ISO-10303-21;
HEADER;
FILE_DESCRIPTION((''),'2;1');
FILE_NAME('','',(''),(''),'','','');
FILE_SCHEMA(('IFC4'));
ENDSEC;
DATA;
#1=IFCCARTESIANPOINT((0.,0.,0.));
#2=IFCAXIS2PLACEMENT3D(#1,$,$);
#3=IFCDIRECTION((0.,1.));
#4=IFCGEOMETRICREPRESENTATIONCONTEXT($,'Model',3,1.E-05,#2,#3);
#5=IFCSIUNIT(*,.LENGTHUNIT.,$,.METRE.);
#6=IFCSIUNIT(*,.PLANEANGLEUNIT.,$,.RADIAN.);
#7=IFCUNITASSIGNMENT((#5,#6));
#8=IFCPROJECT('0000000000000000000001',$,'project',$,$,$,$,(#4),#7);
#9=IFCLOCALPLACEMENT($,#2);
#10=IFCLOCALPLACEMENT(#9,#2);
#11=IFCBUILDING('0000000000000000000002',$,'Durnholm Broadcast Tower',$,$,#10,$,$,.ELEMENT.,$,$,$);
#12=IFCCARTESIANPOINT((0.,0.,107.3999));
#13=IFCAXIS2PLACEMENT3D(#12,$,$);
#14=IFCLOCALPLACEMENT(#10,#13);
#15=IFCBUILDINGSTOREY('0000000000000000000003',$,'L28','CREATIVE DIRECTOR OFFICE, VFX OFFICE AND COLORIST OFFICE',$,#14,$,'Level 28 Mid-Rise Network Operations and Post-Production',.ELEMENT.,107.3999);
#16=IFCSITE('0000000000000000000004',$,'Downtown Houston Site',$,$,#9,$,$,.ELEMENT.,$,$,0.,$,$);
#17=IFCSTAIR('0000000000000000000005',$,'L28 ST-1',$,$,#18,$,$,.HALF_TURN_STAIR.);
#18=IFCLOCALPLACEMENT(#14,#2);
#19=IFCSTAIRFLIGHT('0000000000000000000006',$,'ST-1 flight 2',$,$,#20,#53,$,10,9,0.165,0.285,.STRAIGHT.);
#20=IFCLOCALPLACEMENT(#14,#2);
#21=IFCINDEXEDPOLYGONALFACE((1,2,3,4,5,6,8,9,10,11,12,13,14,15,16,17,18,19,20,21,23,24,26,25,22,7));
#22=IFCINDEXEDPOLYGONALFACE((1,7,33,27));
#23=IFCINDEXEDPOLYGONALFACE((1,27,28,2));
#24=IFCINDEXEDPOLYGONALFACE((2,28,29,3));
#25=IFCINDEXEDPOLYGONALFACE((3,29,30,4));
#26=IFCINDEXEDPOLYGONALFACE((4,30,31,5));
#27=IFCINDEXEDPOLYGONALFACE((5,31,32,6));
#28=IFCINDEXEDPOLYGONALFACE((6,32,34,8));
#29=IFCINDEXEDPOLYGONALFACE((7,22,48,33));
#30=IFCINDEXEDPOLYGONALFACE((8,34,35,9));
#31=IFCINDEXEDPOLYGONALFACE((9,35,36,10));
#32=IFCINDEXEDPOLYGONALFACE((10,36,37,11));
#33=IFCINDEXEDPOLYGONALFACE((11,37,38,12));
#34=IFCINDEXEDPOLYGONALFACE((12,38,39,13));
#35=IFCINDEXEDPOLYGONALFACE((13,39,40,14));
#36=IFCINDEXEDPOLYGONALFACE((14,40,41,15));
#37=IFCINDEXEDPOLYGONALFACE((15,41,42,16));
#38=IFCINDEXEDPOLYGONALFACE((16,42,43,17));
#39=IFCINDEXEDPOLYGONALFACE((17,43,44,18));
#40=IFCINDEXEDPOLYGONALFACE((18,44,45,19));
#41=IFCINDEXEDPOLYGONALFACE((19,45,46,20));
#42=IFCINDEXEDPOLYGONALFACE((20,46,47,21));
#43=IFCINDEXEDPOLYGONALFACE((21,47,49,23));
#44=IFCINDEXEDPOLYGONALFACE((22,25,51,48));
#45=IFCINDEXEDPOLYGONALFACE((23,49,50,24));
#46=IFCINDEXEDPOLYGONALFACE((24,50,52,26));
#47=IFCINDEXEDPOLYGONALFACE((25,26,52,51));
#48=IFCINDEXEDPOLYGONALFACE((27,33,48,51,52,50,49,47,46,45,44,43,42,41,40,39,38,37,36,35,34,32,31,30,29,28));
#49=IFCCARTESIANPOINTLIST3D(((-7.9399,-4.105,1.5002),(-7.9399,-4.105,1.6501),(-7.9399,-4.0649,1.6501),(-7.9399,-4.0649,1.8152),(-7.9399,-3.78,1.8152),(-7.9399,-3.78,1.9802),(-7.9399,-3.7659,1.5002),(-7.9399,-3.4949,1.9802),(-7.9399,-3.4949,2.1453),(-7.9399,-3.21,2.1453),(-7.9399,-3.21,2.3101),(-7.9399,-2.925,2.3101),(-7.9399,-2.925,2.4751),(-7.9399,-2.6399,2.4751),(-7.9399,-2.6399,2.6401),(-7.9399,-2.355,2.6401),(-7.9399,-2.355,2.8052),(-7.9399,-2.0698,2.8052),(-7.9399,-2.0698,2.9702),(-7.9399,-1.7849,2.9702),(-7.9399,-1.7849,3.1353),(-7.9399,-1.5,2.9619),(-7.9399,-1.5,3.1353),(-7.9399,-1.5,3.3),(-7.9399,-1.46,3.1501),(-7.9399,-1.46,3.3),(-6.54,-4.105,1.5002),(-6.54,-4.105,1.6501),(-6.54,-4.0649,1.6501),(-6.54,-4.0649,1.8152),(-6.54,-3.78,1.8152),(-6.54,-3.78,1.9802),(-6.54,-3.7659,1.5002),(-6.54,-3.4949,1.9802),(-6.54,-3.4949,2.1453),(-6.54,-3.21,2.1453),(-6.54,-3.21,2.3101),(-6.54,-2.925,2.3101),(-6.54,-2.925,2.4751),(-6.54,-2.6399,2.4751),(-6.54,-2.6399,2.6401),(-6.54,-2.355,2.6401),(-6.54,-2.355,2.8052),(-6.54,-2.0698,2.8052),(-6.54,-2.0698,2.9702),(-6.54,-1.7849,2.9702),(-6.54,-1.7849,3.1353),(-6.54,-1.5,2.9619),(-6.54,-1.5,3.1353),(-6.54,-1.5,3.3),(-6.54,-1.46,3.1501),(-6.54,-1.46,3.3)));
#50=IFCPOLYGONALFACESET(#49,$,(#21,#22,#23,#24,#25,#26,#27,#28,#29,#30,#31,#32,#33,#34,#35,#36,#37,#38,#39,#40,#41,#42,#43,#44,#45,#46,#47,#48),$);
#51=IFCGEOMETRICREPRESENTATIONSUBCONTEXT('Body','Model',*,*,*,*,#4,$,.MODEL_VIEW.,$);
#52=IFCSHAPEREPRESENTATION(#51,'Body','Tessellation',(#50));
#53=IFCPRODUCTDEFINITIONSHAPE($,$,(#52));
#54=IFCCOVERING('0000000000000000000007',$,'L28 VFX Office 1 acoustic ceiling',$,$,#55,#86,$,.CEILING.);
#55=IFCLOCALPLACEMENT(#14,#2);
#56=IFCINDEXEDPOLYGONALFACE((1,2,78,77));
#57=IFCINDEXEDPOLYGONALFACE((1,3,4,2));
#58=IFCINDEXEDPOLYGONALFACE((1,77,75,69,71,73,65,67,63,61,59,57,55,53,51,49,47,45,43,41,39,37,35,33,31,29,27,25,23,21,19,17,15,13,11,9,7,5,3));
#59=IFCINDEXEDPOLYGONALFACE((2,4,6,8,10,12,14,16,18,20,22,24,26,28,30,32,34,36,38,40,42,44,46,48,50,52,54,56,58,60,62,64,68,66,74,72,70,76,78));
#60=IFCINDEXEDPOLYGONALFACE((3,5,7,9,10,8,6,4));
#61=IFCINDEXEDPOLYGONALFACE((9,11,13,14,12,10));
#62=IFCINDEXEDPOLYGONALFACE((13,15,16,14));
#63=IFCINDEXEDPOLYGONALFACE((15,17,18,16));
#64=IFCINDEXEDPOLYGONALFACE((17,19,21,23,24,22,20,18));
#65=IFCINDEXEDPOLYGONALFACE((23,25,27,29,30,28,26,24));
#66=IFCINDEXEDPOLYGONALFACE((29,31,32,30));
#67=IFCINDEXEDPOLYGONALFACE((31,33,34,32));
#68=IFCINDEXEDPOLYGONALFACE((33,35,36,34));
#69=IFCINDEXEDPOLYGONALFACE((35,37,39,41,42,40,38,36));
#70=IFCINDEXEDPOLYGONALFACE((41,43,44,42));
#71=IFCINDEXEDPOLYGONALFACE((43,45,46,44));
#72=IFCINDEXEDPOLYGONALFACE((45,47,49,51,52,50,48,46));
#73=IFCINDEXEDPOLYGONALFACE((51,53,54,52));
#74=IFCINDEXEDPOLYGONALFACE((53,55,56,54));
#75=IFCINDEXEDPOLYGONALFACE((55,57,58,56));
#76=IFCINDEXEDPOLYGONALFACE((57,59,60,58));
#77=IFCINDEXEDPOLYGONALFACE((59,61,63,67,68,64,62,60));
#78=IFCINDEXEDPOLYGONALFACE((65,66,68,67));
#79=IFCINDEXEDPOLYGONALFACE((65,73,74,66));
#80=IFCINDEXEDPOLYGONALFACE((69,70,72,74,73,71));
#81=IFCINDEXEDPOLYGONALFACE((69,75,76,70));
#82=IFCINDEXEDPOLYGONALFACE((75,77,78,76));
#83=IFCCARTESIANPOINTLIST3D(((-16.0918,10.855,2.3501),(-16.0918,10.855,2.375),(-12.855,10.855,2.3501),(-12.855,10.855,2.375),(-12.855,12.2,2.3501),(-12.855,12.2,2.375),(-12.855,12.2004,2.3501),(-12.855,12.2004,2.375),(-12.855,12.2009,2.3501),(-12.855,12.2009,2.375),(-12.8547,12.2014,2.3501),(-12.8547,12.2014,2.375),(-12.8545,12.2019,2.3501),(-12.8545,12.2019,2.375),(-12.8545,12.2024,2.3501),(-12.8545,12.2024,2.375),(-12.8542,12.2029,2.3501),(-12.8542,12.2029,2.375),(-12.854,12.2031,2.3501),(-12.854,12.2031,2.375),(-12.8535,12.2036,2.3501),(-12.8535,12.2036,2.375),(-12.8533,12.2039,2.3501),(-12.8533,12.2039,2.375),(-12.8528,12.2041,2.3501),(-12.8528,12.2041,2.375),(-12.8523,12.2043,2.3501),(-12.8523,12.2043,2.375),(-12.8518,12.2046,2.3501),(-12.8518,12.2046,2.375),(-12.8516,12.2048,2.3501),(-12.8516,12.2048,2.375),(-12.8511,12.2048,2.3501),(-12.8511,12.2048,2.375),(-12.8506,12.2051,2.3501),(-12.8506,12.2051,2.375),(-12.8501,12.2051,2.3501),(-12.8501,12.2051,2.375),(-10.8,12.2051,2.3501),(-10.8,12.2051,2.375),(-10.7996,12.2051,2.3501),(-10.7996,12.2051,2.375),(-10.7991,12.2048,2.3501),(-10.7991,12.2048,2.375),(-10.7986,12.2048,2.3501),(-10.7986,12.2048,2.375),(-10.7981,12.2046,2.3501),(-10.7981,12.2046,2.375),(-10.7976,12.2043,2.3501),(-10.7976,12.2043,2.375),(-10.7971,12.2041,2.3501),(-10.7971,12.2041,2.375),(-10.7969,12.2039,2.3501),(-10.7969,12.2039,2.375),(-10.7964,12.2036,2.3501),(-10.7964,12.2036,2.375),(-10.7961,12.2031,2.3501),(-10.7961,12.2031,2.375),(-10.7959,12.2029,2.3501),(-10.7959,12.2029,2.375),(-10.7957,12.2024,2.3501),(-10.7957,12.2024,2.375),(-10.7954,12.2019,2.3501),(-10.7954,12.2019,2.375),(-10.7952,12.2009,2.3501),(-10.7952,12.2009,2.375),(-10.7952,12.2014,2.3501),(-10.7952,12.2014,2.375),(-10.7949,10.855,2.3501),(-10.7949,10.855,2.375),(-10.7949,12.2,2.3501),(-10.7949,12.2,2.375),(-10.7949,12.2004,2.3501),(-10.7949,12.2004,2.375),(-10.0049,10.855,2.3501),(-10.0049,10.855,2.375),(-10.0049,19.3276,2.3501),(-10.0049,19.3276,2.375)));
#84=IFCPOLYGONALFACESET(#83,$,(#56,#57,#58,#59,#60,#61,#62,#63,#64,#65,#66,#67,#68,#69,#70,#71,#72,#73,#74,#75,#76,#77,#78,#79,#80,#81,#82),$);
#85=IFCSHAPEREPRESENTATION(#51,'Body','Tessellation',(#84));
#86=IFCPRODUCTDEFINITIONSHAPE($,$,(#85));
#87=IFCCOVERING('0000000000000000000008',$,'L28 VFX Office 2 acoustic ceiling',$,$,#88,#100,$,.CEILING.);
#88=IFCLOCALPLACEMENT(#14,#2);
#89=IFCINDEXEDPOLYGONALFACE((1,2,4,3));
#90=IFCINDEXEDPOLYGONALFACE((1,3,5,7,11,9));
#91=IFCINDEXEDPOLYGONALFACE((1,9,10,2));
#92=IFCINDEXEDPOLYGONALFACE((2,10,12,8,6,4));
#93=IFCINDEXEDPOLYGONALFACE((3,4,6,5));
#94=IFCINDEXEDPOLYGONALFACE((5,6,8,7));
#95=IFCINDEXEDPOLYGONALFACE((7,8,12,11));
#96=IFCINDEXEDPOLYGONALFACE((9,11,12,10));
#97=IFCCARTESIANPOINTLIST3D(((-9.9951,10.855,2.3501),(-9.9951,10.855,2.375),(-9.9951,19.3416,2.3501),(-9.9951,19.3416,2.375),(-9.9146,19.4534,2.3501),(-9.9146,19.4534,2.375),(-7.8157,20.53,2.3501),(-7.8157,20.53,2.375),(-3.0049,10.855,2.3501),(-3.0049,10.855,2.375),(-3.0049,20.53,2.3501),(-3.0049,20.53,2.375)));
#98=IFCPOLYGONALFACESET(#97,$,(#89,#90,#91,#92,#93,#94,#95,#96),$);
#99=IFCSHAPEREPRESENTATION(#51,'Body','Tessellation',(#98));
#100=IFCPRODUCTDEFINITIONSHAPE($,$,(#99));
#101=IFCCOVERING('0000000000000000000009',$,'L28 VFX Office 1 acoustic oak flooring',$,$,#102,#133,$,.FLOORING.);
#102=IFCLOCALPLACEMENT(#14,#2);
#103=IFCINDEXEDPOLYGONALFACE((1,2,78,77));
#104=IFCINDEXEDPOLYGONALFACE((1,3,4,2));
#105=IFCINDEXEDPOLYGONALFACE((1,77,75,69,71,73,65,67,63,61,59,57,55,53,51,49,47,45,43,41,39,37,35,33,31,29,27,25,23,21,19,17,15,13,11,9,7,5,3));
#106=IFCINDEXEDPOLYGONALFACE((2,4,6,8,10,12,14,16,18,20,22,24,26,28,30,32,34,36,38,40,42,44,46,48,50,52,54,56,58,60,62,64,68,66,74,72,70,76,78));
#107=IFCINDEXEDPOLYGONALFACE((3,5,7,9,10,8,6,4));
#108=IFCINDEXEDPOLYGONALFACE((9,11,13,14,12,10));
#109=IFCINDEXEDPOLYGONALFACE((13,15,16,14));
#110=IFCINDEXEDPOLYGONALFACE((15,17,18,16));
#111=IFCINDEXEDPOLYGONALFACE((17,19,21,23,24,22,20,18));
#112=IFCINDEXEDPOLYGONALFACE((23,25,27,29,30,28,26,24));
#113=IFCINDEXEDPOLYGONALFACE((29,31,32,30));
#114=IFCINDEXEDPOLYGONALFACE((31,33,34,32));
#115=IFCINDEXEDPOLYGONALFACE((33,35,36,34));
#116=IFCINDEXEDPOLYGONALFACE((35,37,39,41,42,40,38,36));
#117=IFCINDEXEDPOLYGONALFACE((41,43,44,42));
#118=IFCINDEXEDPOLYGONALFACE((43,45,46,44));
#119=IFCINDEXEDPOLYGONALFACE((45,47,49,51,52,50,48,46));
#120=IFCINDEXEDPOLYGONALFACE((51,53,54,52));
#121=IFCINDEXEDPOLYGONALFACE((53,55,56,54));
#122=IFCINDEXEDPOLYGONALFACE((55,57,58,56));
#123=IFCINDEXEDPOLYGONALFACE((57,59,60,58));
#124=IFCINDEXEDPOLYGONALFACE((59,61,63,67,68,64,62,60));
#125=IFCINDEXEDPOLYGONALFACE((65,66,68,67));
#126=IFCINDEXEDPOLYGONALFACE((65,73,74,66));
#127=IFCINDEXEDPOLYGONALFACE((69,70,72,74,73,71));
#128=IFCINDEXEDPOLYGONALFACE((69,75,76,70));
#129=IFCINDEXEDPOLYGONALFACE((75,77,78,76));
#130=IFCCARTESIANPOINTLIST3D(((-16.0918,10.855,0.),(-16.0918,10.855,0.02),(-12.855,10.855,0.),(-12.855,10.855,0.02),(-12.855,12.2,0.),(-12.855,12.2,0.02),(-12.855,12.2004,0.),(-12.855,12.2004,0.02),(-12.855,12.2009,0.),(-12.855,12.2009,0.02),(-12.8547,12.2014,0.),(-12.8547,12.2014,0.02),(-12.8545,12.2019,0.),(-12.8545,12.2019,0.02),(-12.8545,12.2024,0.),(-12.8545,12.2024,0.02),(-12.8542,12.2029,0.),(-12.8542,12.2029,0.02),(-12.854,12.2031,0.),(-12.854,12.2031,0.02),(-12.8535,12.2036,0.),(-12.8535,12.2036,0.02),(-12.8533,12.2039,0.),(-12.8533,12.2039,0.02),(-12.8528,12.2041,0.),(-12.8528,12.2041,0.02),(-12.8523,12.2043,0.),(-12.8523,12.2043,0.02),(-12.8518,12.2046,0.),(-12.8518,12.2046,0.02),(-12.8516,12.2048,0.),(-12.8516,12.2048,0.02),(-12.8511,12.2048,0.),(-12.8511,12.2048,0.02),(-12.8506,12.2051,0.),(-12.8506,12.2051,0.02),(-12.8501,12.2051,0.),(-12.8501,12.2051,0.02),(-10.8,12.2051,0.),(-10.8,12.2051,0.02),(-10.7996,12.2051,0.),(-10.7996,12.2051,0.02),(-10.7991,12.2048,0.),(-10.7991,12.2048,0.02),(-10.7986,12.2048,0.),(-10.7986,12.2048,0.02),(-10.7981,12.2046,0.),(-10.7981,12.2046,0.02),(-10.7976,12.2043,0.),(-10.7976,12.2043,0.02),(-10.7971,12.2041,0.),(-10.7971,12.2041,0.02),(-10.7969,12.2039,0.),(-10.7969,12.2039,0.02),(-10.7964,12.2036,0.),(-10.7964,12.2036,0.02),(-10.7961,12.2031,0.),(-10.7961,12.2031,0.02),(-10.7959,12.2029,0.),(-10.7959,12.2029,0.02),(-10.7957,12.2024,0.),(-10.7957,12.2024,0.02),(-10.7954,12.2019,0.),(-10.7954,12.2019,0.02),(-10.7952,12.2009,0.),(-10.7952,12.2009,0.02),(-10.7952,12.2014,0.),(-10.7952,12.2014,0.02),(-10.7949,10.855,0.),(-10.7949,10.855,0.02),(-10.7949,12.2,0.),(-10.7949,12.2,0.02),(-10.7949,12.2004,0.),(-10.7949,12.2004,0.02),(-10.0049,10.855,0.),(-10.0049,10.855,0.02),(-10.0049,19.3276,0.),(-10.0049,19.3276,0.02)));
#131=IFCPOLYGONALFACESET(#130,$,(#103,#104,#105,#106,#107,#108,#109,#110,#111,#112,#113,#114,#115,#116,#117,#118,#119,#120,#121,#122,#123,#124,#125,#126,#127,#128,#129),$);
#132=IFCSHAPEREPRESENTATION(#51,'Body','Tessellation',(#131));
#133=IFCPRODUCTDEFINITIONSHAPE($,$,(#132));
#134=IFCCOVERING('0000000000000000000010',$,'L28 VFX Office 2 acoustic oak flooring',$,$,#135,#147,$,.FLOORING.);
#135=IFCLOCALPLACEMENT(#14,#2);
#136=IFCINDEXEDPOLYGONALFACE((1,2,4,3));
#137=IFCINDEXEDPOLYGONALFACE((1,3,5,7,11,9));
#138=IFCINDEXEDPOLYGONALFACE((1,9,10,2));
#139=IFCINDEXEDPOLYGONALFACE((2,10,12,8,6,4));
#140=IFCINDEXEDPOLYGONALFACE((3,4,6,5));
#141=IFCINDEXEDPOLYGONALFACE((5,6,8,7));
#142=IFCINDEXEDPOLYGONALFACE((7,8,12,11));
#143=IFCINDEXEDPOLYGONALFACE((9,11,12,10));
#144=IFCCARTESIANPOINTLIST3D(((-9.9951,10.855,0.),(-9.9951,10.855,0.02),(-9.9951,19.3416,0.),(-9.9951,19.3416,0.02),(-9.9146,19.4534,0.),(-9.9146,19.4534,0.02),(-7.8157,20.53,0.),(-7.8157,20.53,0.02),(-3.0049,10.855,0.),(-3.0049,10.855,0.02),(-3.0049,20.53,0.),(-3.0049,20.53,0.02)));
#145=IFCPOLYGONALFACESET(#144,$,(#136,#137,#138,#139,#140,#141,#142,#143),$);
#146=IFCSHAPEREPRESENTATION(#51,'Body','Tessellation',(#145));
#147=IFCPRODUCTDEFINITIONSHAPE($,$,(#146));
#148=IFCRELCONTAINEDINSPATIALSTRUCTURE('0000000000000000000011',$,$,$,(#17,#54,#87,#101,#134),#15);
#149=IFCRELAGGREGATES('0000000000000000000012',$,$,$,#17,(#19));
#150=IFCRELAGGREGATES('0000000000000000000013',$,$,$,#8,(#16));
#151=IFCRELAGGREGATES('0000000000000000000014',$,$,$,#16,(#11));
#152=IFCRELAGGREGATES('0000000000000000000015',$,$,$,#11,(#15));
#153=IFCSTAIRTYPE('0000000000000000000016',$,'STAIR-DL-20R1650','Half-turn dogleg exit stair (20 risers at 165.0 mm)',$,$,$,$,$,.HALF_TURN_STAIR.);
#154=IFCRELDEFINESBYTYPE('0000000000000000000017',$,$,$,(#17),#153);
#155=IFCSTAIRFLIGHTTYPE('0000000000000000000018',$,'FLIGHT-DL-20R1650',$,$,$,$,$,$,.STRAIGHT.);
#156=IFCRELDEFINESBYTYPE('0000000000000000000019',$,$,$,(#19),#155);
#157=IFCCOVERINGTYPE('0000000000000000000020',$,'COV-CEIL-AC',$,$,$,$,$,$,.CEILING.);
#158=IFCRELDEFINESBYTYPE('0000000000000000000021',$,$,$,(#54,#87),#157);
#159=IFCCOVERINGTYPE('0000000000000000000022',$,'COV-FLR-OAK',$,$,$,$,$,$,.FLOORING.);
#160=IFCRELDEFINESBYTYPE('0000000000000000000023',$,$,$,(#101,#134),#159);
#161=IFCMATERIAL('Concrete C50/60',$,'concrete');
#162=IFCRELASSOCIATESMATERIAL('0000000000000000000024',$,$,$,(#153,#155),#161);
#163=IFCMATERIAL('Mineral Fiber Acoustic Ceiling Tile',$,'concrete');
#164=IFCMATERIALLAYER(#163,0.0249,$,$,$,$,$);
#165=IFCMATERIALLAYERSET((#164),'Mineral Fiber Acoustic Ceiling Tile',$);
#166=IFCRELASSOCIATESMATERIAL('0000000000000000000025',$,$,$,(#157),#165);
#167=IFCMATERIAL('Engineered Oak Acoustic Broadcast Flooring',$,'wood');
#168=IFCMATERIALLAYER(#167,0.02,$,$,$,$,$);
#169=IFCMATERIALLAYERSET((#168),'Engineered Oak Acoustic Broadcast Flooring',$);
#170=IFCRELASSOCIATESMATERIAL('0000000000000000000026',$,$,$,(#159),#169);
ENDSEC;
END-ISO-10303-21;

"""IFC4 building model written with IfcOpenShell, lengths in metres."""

from ifc_helpers import new_model, si_unit, direction, frame, origin, place, context, subcontext, project, spatial, polyline, outline, extrude, material, layer, layer_set, type_object, element, aggregate, save


model = new_model("IFC4")

# Units and contexts
model_context = context("Model", 3, precision=1e-05, world=origin(), true_north=direction((0.0, 1.0)))
body_context = subcontext(model_context, "Body", "Model", "MODEL_VIEW")
ifc_project = project(units=[si_unit("LENGTHUNIT", "METRE"), si_unit("PLANEANGLEUNIT", "RADIAN")], contexts=[model_context])

# Site, building, storey
site_placement = place(None, origin())
site = spatial("IfcSite", under=ifc_project, at=site_placement, Name="Downtown Houston Site", CompositionType="ELEMENT", RefElevation=0.0)
building_placement = place(site_placement, origin())
building = spatial("IfcBuilding", under=site, at=building_placement, Name="Durnholm Broadcast Tower", CompositionType="ELEMENT")
storey_placement = place(building_placement, frame((0.0, 0.0, 107.3999)))
storey = spatial("IfcBuildingStorey", under=building, at=storey_placement, Name="L28", Description="CREATIVE DIRECTOR OFFICE, VFX OFFICE AND COLORIST OFFICE", LongName="Level 28 Mid-Rise Network Operations and Post-Production", CompositionType="ELEMENT", Elevation=107.3999)

# Shared definitions
ifc_material_1 = material(Name="Concrete C50/60", Category="concrete")

# Stair
stair_type = type_object("IfcStairType", Name="STAIR-DL-20R1650", Description="Half-turn dogleg exit stair (20 risers at 165.0 mm)", PredefinedType="HALF_TURN_STAIR", material=ifc_material_1)
stair_1_placement = place(storey_placement, origin())
stair_1 = element("IfcStair", 1, at=stair_1_placement, inside=storey, type_object=stair_type, Name="L28 ST-1", PredefinedType="HALF_TURN_STAIR")

# Stair flight
stair_flight_type = type_object("IfcStairFlightType", Name="FLIGHT-DL-20R1650", PredefinedType="STRAIGHT", material=ifc_material_1)
stair_flight_1_placement = place(storey_placement, frame((-7.24, -4.0649, 1.6501), z_axis=(0.0, 0.0, 1.0), x_axis=(0.0, 1.0, 0.0)))
stair_flight_1 = element("IfcStairFlight", 2, at=stair_flight_1_placement, type_object=stair_flight_type, Name="ST-1 flight 2", NumberOfRisers=10, NumberOfTreads=9, PredefinedType="STRAIGHT", RiserHeight=0.165, TreadLength=0.285, context=body_context, shape_type="SweptSolid", body=[
    extrude(outline(polyline([(-0.04, -0.1499), (-0.04, 0.0), (0.0, 0.0), (0.0, 0.165), (0.2849, 0.165), (0.2849, 0.3301), (0.5701, 0.3301), (0.5701, 0.4951), (0.855, 0.4951), (0.855, 0.6599), (1.1399, 0.6599), (1.1399, 0.825), (1.425, 0.825), (1.425, 0.99), (1.71, 0.99), (1.71, 1.155), (1.9951, 1.155), (1.9951, 1.3201), (2.28, 1.3201), (2.28, 1.4851), (2.5649, 1.4851), (2.5649, 1.6499), (2.605, 1.6499), (2.605, 1.5), (2.5649, 1.3118), (0.2991, -0.1499), (-0.04, -0.1499)])), frame((0.0, 0.7, 0.0), z_axis=(0.0, -1.0, 0.0), x_axis=(1.0, 0.0, 0.0)), (0.0, 0.0, 1.0), 1.3999),
])
aggregate(stair_1, [stair_flight_1])

# Coverings
ifc_material_2 = material(Name="Mineral Fiber Acoustic Ceiling Tile", Category="concrete")
ifc_layer_1 = layer(ifc_material_2, 0.0249)
ifc_layer_set_1 = layer_set([ifc_layer_1], Name="Mineral Fiber Acoustic Ceiling Tile")
covering_type_1 = type_object("IfcCoveringType", Name="COV-CEIL-AC", PredefinedType="CEILING", material=ifc_layer_set_1)
covering_1_placement = place(storey_placement, frame((0.0, 0.0, 2.3501)))
element("IfcCovering", 3, at=covering_1_placement, inside=storey, type_object=covering_type_1, Name="L28 VFX Office 1 acoustic ceiling", PredefinedType="CEILING", context=body_context, shape_type="SweptSolid", body=[
    extrude(outline(polyline([(-10.7976, 12.2043), (-10.7971, 12.2041), (-10.7969, 12.2039), (-10.7964, 12.2036), (-10.7961, 12.2031), (-10.7959, 12.2029), (-10.7957, 12.2024), (-10.7954, 12.2019), (-10.7952, 12.2014), (-10.7952, 12.2009), (-10.7949, 12.2004), (-10.7949, 12.2), (-10.7949, 10.855), (-10.0049, 10.855), (-10.0049, 19.3276), (-16.0918, 10.855), (-12.855, 10.855), (-12.855, 12.2), (-12.855, 12.2004), (-12.855, 12.2009), (-12.8547, 12.2014), (-12.8545, 12.2019), (-12.8545, 12.2024), (-12.8542, 12.2029), (-12.854, 12.2031), (-12.8535, 12.2036), (-12.8533, 12.2039), (-12.8528, 12.2041), (-12.8523, 12.2043), (-12.8518, 12.2046), (-12.8516, 12.2048), (-12.8511, 12.2048), (-12.8506, 12.2051), (-12.8501, 12.2051), (-10.8, 12.2051), (-10.7996, 12.2051), (-10.7991, 12.2048), (-10.7986, 12.2048), (-10.7981, 12.2046), (-10.7976, 12.2043)])), origin(), (0.0, 0.0, 1.0), 0.0249),
])
covering_2_placement = place(storey_placement, frame((0.0, 0.0, 2.3501)))
element("IfcCovering", 4, at=covering_2_placement, inside=storey, type_object=covering_type_1, Name="L28 VFX Office 2 acoustic ceiling", PredefinedType="CEILING", context=body_context, shape_type="SweptSolid", body=[
    extrude(outline(polyline([(-3.0049, 20.53), (-7.8157, 20.53), (-9.9146, 19.4534), (-9.9951, 19.3416), (-9.9951, 10.855), (-3.0049, 10.855), (-3.0049, 20.53)])), origin(), (0.0, 0.0, 1.0), 0.0249),
])
ifc_material_3 = material(Name="Engineered Oak Acoustic Broadcast Flooring", Category="wood")
ifc_layer_2 = layer(ifc_material_3, 0.02)
ifc_layer_set_2 = layer_set([ifc_layer_2], Name="Engineered Oak Acoustic Broadcast Flooring")
covering_type_2 = type_object("IfcCoveringType", Name="COV-FLR-OAK", PredefinedType="FLOORING", material=ifc_layer_set_2)
covering_3_placement = place(storey_placement, origin())
element("IfcCovering", 5, at=covering_3_placement, inside=storey, type_object=covering_type_2, Name="L28 VFX Office 1 acoustic oak flooring", PredefinedType="FLOORING", context=body_context, shape_type="SweptSolid", body=[
    extrude(outline(polyline([(-10.7976, 12.2043), (-10.7971, 12.2041), (-10.7969, 12.2039), (-10.7964, 12.2036), (-10.7961, 12.2031), (-10.7959, 12.2029), (-10.7957, 12.2024), (-10.7954, 12.2019), (-10.7952, 12.2014), (-10.7952, 12.2009), (-10.7949, 12.2004), (-10.7949, 12.2), (-10.7949, 10.855), (-10.0049, 10.855), (-10.0049, 19.3276), (-16.0918, 10.855), (-12.855, 10.855), (-12.855, 12.2), (-12.855, 12.2004), (-12.855, 12.2009), (-12.8547, 12.2014), (-12.8545, 12.2019), (-12.8545, 12.2024), (-12.8542, 12.2029), (-12.854, 12.2031), (-12.8535, 12.2036), (-12.8533, 12.2039), (-12.8528, 12.2041), (-12.8523, 12.2043), (-12.8518, 12.2046), (-12.8516, 12.2048), (-12.8511, 12.2048), (-12.8506, 12.2051), (-12.8501, 12.2051), (-10.8, 12.2051), (-10.7996, 12.2051), (-10.7991, 12.2048), (-10.7986, 12.2048), (-10.7981, 12.2046), (-10.7976, 12.2043)])), origin(), (0.0, 0.0, 1.0), 0.02),
])
covering_4_placement = place(storey_placement, origin())
element("IfcCovering", 6, at=covering_4_placement, inside=storey, type_object=covering_type_2, Name="L28 VFX Office 2 acoustic oak flooring", PredefinedType="FLOORING", context=body_context, shape_type="SweptSolid", body=[
    extrude(outline(polyline([(-3.0049, 20.53), (-7.8157, 20.53), (-9.9146, 19.4534), (-9.9951, 19.3416), (-9.9951, 10.855), (-3.0049, 10.855), (-3.0049, 20.53)])), origin(), (0.0, 0.0, 1.0), 0.02),
])

save(model, "model.ifc")
